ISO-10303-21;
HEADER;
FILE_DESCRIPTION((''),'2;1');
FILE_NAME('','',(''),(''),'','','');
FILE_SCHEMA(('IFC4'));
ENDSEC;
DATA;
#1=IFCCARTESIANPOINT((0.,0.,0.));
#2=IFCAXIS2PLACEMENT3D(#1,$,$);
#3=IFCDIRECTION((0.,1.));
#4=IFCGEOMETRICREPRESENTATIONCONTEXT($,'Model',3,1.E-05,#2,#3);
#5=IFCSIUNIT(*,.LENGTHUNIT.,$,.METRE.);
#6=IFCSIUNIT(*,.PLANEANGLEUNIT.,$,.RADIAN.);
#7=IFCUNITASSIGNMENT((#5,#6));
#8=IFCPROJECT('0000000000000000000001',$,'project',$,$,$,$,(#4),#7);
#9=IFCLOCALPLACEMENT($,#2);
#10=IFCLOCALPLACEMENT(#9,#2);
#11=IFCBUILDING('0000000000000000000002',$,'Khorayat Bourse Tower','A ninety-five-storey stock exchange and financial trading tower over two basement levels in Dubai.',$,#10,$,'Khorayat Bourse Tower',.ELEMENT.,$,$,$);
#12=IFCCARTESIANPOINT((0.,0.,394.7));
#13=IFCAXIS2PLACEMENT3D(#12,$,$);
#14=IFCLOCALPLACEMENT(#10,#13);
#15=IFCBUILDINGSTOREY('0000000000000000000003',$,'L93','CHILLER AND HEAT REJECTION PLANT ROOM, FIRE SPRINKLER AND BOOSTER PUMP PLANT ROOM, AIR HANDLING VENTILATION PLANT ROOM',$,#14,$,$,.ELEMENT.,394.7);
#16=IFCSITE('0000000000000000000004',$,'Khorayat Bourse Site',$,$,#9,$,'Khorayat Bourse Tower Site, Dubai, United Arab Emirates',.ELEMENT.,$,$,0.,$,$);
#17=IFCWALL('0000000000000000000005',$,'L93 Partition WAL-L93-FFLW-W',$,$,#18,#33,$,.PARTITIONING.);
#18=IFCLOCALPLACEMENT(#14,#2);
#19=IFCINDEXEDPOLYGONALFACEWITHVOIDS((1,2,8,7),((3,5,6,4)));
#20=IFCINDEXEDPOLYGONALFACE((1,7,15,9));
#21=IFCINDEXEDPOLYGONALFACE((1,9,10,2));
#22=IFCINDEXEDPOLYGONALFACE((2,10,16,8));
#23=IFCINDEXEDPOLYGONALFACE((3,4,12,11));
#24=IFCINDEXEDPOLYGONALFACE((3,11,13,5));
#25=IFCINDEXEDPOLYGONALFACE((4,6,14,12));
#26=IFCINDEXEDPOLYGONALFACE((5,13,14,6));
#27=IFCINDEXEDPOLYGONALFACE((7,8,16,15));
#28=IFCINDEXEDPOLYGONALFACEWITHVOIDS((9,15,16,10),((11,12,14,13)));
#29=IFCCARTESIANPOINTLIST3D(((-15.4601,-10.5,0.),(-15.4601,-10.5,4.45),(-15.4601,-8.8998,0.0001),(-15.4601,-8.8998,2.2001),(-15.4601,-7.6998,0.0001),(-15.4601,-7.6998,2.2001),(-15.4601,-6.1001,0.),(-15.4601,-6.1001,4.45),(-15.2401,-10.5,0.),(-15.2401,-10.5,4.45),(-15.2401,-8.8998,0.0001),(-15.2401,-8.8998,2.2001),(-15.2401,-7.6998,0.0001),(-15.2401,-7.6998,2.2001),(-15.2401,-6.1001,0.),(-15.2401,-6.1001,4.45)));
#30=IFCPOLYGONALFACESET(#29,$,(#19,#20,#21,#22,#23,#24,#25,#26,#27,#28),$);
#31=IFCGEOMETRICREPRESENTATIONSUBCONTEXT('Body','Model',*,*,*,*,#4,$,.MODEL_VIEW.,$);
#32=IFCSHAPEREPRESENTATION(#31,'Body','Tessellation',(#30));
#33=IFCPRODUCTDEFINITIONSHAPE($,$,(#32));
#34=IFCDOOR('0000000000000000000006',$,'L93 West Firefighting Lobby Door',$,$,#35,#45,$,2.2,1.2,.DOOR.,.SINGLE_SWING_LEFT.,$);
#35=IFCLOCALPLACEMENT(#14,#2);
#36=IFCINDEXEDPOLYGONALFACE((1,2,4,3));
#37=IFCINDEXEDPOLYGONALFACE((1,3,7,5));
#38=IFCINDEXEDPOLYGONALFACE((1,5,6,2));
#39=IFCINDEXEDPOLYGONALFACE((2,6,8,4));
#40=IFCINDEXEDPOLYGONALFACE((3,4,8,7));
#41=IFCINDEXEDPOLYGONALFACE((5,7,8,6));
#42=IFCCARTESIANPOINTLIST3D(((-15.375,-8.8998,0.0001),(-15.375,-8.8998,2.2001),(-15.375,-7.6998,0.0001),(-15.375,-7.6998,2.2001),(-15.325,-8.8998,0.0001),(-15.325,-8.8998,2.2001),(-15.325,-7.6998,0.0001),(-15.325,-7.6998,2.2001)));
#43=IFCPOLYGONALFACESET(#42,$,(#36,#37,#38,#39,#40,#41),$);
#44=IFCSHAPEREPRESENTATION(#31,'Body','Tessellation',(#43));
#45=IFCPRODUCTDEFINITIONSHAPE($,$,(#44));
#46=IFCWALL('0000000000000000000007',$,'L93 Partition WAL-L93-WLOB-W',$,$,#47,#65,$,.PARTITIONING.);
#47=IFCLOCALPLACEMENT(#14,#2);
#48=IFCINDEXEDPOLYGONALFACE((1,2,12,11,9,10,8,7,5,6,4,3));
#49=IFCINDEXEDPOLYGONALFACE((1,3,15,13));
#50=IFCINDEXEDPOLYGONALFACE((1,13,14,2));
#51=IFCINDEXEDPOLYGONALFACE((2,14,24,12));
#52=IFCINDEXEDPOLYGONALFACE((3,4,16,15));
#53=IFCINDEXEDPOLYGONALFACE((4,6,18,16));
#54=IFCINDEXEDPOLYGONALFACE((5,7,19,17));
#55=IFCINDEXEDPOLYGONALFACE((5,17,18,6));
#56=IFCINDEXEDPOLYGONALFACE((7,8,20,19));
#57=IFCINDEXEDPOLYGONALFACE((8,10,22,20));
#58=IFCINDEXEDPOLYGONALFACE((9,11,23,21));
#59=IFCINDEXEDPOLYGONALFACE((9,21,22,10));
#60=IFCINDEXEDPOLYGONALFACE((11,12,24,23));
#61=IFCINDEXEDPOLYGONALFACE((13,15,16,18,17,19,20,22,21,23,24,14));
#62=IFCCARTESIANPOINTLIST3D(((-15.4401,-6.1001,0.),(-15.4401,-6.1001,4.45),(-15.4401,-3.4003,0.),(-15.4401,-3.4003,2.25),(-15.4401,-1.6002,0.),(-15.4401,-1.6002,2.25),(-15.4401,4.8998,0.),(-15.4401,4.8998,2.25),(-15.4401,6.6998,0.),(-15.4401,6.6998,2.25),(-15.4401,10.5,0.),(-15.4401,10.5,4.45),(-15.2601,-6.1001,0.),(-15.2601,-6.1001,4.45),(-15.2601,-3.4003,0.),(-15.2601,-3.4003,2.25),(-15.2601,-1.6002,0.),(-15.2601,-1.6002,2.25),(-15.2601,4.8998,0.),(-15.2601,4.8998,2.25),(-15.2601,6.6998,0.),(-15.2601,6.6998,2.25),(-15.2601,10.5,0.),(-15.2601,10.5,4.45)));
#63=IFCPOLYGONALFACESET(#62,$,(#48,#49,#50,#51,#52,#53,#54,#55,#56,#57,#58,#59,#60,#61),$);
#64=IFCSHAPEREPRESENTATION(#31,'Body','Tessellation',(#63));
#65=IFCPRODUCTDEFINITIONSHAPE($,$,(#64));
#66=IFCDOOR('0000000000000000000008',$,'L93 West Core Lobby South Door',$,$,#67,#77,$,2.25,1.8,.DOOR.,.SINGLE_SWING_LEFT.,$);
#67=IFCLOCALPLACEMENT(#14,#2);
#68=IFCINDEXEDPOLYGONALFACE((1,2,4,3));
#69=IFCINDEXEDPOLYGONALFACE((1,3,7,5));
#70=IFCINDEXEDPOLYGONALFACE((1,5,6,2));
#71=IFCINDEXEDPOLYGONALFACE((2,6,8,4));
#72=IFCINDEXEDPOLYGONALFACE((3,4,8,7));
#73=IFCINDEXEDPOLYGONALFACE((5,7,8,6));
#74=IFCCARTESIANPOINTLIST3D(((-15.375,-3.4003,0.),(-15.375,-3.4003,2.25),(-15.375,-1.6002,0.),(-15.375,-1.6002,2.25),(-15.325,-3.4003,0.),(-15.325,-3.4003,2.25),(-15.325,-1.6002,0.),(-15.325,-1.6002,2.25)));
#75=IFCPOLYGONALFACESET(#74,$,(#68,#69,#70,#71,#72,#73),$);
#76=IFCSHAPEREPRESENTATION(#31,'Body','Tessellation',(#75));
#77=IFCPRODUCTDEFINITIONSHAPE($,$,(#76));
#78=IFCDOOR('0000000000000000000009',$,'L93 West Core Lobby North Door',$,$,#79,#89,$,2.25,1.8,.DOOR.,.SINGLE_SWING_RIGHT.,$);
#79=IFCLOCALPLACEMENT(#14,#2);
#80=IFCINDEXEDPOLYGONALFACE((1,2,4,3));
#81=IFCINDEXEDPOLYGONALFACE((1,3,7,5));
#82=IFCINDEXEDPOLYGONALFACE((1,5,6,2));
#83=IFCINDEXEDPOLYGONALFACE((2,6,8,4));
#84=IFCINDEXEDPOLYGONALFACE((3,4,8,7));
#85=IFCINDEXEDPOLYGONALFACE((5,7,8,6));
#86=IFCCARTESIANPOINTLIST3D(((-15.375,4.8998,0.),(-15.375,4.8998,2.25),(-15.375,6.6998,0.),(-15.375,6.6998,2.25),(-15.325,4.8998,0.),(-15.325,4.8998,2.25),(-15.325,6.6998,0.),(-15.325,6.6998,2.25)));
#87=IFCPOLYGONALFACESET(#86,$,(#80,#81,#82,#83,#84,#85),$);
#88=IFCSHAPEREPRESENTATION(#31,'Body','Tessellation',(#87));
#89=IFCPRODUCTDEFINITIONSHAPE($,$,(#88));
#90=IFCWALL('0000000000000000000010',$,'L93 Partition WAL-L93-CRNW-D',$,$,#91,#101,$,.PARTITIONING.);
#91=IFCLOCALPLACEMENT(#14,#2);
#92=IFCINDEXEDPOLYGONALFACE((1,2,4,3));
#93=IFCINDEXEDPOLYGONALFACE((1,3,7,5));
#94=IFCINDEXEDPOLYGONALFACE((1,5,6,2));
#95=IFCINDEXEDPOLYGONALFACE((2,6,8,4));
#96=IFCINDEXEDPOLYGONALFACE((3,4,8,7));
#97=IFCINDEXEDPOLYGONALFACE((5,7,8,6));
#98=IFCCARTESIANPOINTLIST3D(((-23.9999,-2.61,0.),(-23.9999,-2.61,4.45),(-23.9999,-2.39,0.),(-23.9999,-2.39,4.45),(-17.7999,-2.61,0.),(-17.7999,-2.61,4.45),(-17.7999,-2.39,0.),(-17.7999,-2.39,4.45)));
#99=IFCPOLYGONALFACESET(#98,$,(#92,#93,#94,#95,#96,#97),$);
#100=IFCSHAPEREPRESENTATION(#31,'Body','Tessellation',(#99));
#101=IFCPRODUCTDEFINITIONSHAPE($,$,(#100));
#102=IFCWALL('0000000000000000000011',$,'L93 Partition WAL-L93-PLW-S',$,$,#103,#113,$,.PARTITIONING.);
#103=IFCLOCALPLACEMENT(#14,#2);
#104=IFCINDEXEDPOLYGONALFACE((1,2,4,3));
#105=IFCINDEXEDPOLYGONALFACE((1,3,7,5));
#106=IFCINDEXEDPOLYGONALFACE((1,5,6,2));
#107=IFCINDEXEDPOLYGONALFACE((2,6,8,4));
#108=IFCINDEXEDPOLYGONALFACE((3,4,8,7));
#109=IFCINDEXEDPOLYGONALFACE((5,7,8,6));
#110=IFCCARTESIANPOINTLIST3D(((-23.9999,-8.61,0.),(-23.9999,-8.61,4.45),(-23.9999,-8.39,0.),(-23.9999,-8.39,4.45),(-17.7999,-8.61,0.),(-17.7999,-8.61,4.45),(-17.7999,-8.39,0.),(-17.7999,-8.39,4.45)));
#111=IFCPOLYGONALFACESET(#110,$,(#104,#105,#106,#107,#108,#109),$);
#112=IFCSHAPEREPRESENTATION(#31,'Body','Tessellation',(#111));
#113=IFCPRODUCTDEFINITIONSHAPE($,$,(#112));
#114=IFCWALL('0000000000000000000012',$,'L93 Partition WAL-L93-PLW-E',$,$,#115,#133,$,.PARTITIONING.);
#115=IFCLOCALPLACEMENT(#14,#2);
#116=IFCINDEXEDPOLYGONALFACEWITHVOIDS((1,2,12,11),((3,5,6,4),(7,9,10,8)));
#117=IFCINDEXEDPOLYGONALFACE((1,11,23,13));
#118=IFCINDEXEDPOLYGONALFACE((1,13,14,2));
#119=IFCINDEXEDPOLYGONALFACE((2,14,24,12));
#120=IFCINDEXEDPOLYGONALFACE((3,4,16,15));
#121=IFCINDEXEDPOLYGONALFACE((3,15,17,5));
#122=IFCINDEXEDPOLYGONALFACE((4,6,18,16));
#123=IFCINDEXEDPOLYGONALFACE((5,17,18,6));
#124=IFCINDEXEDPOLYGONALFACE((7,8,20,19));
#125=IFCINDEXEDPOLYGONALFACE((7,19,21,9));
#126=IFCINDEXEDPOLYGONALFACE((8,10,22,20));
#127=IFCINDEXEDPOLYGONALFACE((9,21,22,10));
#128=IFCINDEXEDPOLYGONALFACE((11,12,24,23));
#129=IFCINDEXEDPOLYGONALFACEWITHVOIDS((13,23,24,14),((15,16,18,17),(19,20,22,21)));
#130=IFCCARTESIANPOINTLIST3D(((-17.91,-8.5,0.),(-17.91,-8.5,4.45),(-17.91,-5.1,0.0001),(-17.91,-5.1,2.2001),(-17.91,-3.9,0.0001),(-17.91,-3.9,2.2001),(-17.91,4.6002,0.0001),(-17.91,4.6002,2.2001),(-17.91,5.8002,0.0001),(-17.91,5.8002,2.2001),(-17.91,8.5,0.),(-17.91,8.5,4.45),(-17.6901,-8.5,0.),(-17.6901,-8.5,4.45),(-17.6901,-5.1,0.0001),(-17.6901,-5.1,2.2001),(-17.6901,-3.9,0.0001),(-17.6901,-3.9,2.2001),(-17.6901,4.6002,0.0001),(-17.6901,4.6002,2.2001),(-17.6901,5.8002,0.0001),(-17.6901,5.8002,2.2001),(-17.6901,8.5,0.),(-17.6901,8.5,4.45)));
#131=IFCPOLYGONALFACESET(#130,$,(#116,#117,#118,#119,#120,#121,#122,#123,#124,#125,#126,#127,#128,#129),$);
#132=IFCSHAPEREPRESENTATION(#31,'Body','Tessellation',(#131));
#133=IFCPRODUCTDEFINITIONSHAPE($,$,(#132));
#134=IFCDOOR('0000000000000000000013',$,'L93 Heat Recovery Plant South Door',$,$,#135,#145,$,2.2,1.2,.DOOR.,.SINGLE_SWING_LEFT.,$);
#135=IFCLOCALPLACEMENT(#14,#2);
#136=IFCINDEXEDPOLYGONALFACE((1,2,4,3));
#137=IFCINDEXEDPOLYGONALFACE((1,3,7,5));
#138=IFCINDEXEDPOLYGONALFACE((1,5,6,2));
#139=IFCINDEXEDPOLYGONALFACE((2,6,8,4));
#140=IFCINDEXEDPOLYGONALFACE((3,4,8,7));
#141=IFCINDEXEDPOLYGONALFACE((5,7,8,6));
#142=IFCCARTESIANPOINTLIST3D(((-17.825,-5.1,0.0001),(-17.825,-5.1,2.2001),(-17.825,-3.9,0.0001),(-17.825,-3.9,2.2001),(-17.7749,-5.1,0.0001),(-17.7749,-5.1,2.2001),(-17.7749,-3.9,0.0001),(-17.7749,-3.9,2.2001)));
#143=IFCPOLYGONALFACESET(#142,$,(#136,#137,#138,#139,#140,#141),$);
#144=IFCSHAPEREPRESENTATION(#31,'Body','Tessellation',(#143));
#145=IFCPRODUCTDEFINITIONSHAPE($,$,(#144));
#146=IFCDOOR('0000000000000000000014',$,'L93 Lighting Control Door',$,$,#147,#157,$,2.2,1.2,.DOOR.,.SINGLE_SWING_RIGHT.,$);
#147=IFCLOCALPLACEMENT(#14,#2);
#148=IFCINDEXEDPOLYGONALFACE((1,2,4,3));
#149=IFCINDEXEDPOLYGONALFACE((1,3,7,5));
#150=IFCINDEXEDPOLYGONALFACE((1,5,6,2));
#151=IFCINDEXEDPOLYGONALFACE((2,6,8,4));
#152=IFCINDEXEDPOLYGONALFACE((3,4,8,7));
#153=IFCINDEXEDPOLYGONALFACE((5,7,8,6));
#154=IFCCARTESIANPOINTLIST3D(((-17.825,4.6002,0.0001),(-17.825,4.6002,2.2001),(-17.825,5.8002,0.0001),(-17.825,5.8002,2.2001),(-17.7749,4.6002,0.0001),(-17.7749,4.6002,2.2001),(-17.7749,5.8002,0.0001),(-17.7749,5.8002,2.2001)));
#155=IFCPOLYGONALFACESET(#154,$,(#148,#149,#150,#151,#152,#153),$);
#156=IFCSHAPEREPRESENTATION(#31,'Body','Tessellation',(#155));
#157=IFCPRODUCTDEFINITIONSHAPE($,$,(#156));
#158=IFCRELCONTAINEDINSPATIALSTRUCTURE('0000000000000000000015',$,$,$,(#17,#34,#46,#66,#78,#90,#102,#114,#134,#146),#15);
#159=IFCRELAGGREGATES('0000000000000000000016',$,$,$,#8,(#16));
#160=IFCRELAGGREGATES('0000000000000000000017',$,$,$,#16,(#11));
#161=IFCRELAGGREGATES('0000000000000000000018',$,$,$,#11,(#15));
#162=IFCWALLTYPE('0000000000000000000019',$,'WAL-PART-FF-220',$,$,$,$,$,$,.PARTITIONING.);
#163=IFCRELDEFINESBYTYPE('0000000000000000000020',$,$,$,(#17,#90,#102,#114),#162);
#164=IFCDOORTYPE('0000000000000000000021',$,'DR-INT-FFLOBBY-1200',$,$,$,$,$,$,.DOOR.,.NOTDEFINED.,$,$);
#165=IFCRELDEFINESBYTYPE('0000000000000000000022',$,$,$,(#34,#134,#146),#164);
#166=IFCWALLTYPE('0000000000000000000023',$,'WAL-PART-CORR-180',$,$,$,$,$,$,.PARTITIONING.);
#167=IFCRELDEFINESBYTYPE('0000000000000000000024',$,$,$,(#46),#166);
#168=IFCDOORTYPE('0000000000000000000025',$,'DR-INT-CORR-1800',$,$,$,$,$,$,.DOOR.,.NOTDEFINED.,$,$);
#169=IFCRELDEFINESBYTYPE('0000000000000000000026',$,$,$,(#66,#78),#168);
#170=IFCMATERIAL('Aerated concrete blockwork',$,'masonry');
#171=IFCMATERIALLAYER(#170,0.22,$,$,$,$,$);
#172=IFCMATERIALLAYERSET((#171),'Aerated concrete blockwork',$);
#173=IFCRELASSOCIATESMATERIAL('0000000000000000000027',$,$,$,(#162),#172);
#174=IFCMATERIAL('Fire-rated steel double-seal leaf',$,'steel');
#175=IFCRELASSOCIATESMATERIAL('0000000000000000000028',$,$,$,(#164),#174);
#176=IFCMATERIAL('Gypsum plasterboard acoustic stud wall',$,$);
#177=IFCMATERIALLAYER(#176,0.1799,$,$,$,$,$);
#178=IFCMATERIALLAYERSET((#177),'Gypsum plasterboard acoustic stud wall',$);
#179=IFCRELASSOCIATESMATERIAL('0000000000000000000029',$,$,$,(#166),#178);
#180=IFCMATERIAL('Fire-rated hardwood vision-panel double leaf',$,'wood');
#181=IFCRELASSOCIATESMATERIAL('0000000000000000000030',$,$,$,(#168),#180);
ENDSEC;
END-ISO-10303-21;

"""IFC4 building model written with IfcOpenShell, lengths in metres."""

from ifc_helpers import new_model, si_unit, direction, frame, frame_2d, origin, place, context, subcontext, project, spatial, rectangle, extrude, source, transform, mapped, material, layer, layer_set, type_object, element, fill, save


model = new_model("IFC4")

# Units and contexts
model_context = context("Model", 3, precision=1e-05, world=origin(), true_north=direction((0.0, 1.0)))
body_context = subcontext(model_context, "Body", "Model", "MODEL_VIEW")
ifc_project = project(units=[si_unit("LENGTHUNIT", "METRE"), si_unit("PLANEANGLEUNIT", "RADIAN")], contexts=[model_context])

# Site, building, storey
site_placement = place(None, origin())
site = spatial("IfcSite", under=ifc_project, at=site_placement, Name="Khorayat Bourse Site", LongName="Khorayat Bourse Tower Site, Dubai, United Arab Emirates", CompositionType="ELEMENT", RefElevation=0.0)
building_placement = place(site_placement, origin())
building = spatial("IfcBuilding", under=site, at=building_placement, Name="Khorayat Bourse Tower", Description="A ninety-five-storey stock exchange and financial trading tower over two basement levels in Dubai.", LongName="Khorayat Bourse Tower", CompositionType="ELEMENT")
storey_placement = place(building_placement, frame((0.0, 0.0, 394.7)))
storey = spatial("IfcBuildingStorey", under=building, at=storey_placement, Name="L93", Description="CHILLER AND HEAT REJECTION PLANT ROOM, FIRE SPRINKLER AND BOOSTER PUMP PLANT ROOM, AIR HANDLING VENTILATION PLANT ROOM", CompositionType="ELEMENT", Elevation=394.7)

# Shared definitions
ifc_material_1 = material(Name="Aerated concrete blockwork", Category="masonry")
ifc_layer_1 = layer(ifc_material_1, 0.22)
ifc_layer_set_1 = layer_set([ifc_layer_1], Name="Aerated concrete blockwork")
wall_type_1 = type_object("IfcWallType", Name="WAL-PART-FF-220", PredefinedType="PARTITIONING", material=ifc_layer_set_1)

# Wall, opening, door
shared_shape_1 = source(origin(), body_context, "Body", "SweptSolid", [
    extrude(rectangle(XDim=4.3999, YDim=0.22, at=frame_2d((2.2, 0.0))), origin(), (0.0, 0.0, 1.0), 4.45),
])
wall_1_placement = place(storey_placement, frame((-15.3501, -10.5, 0.0), z_axis=(0.0, 0.0, 1.0), x_axis=(0.0, 1.0, 0.0)))
wall_1 = element("IfcWall", 1, at=wall_1_placement, inside=storey, type_object=wall_type_1, Name="L93 Partition WAL-L93-FFLW-W", PredefinedType="PARTITIONING", context=body_context, shape_type="MappedRepresentation", body=[
    mapped(shared_shape_1, transform((0.0, 0.0, 0.0), scale=1.0)),
])
shared_shape_2 = source(origin(), body_context, "Body", "SweptSolid", [
    extrude(rectangle(XDim=1.2, YDim=2.2, at=frame_2d((0.6001, 1.1001))), frame((0.0, 0.1199, 0.0), z_axis=(0.0, -1.0, 0.0), x_axis=(1.0, 0.0, 0.0)), (0.0, 0.0, 1.0), 0.24),
])
opening_1_placement = place(wall_1_placement, frame((1.6001, 0.0, 0.0)))
opening_1 = element("IfcOpeningElement", 2, at=opening_1_placement, cuts=wall_1, PredefinedType="OPENING", context=body_context, shape_type="MappedRepresentation", body=[
    mapped(shared_shape_2, transform((0.0, 0.0, 0.0), scale=1.0)),
])
ifc_material_2 = material(Name="Fire-rated steel double-seal leaf", Category="steel")
door_type_1 = type_object("IfcDoorType", Name="DR-INT-FFLOBBY-1200", OperationType="NOTDEFINED", PredefinedType="DOOR", material=ifc_material_2)
shared_shape_3 = source(origin(), body_context, "Body", "SweptSolid", [
    extrude(rectangle(XDim=1.2, YDim=2.2, at=frame_2d((0.6001, 1.1001))), frame((0.0, 0.0249, 0.0), z_axis=(0.0, -1.0, 0.0), x_axis=(1.0, 0.0, 0.0)), (0.0, 0.0, 1.0), 0.05),
])
door_1_placement = place(opening_1_placement, origin())
door_1 = element("IfcDoor", 3, at=door_1_placement, inside=storey, type_object=door_type_1, Name="L93 West Firefighting Lobby Door", OperationType="SINGLE_SWING_LEFT", OverallHeight=2.2, OverallWidth=1.2, PredefinedType="DOOR", context=body_context, shape_type="MappedRepresentation", body=[
    mapped(shared_shape_3, transform((0.0, 0.0, 0.0), scale=1.0)),
])
fill(opening_1, door_1)

# Wall, openings, doors
ifc_material_3 = material(Name="Gypsum plasterboard acoustic stud wall")
ifc_layer_2 = layer(ifc_material_3, 0.1799)
ifc_layer_set_2 = layer_set([ifc_layer_2], Name="Gypsum plasterboard acoustic stud wall")
wall_type_2 = type_object("IfcWallType", Name="WAL-PART-CORR-180", PredefinedType="PARTITIONING", material=ifc_layer_set_2)
shared_shape_4 = source(origin(), body_context, "Body", "SweptSolid", [
    extrude(rectangle(XDim=16.6001, YDim=0.1799, at=frame_2d((8.3, 0.0))), origin(), (0.0, 0.0, 1.0), 4.45),
])
wall_2_placement = place(storey_placement, frame((-15.3501, -6.1001, 0.0), z_axis=(0.0, 0.0, 1.0), x_axis=(0.0, 1.0, 0.0)))
wall_2 = element("IfcWall", 4, at=wall_2_placement, inside=storey, type_object=wall_type_2, Name="L93 Partition WAL-L93-WLOB-W", PredefinedType="PARTITIONING", context=body_context, shape_type="MappedRepresentation", body=[
    mapped(shared_shape_4, transform((0.0, 0.0, 0.0), scale=1.0)),
])
shared_shape_5 = source(origin(), body_context, "Body", "SweptSolid", [
    extrude(rectangle(XDim=1.8, YDim=2.25, at=frame_2d((0.8999, 1.125))), frame((0.0, 0.0999, 0.0), z_axis=(0.0, -1.0, 0.0), x_axis=(1.0, 0.0, 0.0)), (0.0, 0.0, 1.0), 0.2),
])
opening_2_placement = place(wall_2_placement, frame((2.7, 0.0, 0.0)))
opening_2 = element("IfcOpeningElement", 5, at=opening_2_placement, cuts=wall_2, PredefinedType="OPENING", context=body_context, shape_type="MappedRepresentation", body=[
    mapped(shared_shape_5, transform((0.0, 0.0, 0.0), scale=1.0)),
])
opening_3_placement = place(wall_2_placement, frame((11.0, 0.0, 0.0)))
opening_3 = element("IfcOpeningElement", 6, at=opening_3_placement, cuts=wall_2, PredefinedType="OPENING", context=body_context, shape_type="MappedRepresentation", body=[
    mapped(shared_shape_5, transform((0.0, 0.0, 0.0), scale=1.0)),
])
ifc_material_4 = material(Name="Fire-rated hardwood vision-panel double leaf", Category="wood")
door_type_2 = type_object("IfcDoorType", Name="DR-INT-CORR-1800", OperationType="NOTDEFINED", PredefinedType="DOOR", material=ifc_material_4)
shared_shape_6 = source(origin(), body_context, "Body", "SweptSolid", [
    extrude(rectangle(XDim=1.8, YDim=2.25, at=frame_2d((0.8999, 1.125))), frame((0.0, 0.0249, 0.0), z_axis=(0.0, -1.0, 0.0), x_axis=(1.0, 0.0, 0.0)), (0.0, 0.0, 1.0), 0.05),
])
door_2_placement = place(opening_2_placement, origin())
door_2 = element("IfcDoor", 7, at=door_2_placement, inside=storey, type_object=door_type_2, Name="L93 West Core Lobby South Door", OperationType="SINGLE_SWING_LEFT", OverallHeight=2.25, OverallWidth=1.8, PredefinedType="DOOR", context=body_context, shape_type="MappedRepresentation", body=[
    mapped(shared_shape_6, transform((0.0, 0.0, 0.0), scale=1.0)),
])
fill(opening_2, door_2)
door_3_placement = place(opening_3_placement, origin())
door_3 = element("IfcDoor", 8, at=door_3_placement, inside=storey, type_object=door_type_2, Name="L93 West Core Lobby North Door", OperationType="SINGLE_SWING_RIGHT", OverallHeight=2.25, OverallWidth=1.8, PredefinedType="DOOR", context=body_context, shape_type="MappedRepresentation", body=[
    mapped(shared_shape_6, transform((0.0, 0.0, 0.0), scale=1.0)),
])
fill(opening_3, door_3)

# Walls
shared_shape_7 = source(origin(), body_context, "Body", "SweptSolid", [
    extrude(rectangle(XDim=6.2, YDim=0.22, at=frame_2d((3.1001, 0.0))), origin(), (0.0, 0.0, 1.0), 4.45),
])
for number, where, z_axis, x_axis, name in (
    (9, (-24.0, -2.5, 0.0), (0.0, 0.0, 1.0), (1.0, 0.0, 0.0), "L93 Partition WAL-L93-CRNW-D"),
    (10, (-24.0, -8.5, 0.0), (0.0, 0.0, 1.0), (1.0, 0.0, 0.0), "L93 Partition WAL-L93-PLW-S"),
):
    element("IfcWall", number, at=place(storey_placement, frame(where, z_axis=z_axis, x_axis=x_axis)), inside=storey, type_object=wall_type_1, Name=name, PredefinedType="PARTITIONING", context=body_context, shape_type="MappedRepresentation", body=[
        mapped(shared_shape_7, transform((0.0, 0.0, 0.0), scale=1.0)),
    ])

# Wall, openings, doors
shared_shape_8 = source(origin(), body_context, "Body", "SweptSolid", [
    extrude(rectangle(XDim=17.0, YDim=0.22, at=frame_2d((8.5, 0.0))), origin(), (0.0, 0.0, 1.0), 4.45),
])
wall_3_placement = place(storey_placement, frame((-17.8, -8.5, 0.0), z_axis=(0.0, 0.0, 1.0), x_axis=(0.0, 1.0, 0.0)))
wall_3 = element("IfcWall", 11, at=wall_3_placement, inside=storey, type_object=wall_type_1, Name="L93 Partition WAL-L93-PLW-E", PredefinedType="PARTITIONING", context=body_context, shape_type="MappedRepresentation", body=[
    mapped(shared_shape_8, transform((0.0, 0.0, 0.0), scale=1.0)),
])
opening_4_placement = place(wall_3_placement, frame((3.3999, 0.0, 0.0)))
opening_4 = element("IfcOpeningElement", 12, at=opening_4_placement, cuts=wall_3, PredefinedType="OPENING", context=body_context, shape_type="MappedRepresentation", body=[
    mapped(shared_shape_2, transform((0.0, 0.0, 0.0), scale=1.0)),
])
opening_5_placement = place(wall_3_placement, frame((13.1001, 0.0, 0.0)))
opening_5 = element("IfcOpeningElement", 13, at=opening_5_placement, cuts=wall_3, PredefinedType="OPENING", context=body_context, shape_type="MappedRepresentation", body=[
    mapped(shared_shape_2, transform((0.0, 0.0, 0.0), scale=1.0)),
])
door_4_placement = place(opening_4_placement, origin())
door_4 = element("IfcDoor", 14, at=door_4_placement, inside=storey, type_object=door_type_1, Name="L93 Heat Recovery Plant South Door", OperationType="SINGLE_SWING_LEFT", OverallHeight=2.2, OverallWidth=1.2, PredefinedType="DOOR", context=body_context, shape_type="MappedRepresentation", body=[
    mapped(shared_shape_3, transform((0.0, 0.0, 0.0), scale=1.0)),
])
fill(opening_4, door_4)
door_5_placement = place(opening_5_placement, origin())
door_5 = element("IfcDoor", 15, at=door_5_placement, inside=storey, type_object=door_type_1, Name="L93 Lighting Control Door", OperationType="SINGLE_SWING_RIGHT", OverallHeight=2.2, OverallWidth=1.2, PredefinedType="DOOR", context=body_context, shape_type="MappedRepresentation", body=[
    mapped(shared_shape_3, transform((0.0, 0.0, 0.0), scale=1.0)),
])
fill(opening_5, door_5)

save(model, "model.ifc")
